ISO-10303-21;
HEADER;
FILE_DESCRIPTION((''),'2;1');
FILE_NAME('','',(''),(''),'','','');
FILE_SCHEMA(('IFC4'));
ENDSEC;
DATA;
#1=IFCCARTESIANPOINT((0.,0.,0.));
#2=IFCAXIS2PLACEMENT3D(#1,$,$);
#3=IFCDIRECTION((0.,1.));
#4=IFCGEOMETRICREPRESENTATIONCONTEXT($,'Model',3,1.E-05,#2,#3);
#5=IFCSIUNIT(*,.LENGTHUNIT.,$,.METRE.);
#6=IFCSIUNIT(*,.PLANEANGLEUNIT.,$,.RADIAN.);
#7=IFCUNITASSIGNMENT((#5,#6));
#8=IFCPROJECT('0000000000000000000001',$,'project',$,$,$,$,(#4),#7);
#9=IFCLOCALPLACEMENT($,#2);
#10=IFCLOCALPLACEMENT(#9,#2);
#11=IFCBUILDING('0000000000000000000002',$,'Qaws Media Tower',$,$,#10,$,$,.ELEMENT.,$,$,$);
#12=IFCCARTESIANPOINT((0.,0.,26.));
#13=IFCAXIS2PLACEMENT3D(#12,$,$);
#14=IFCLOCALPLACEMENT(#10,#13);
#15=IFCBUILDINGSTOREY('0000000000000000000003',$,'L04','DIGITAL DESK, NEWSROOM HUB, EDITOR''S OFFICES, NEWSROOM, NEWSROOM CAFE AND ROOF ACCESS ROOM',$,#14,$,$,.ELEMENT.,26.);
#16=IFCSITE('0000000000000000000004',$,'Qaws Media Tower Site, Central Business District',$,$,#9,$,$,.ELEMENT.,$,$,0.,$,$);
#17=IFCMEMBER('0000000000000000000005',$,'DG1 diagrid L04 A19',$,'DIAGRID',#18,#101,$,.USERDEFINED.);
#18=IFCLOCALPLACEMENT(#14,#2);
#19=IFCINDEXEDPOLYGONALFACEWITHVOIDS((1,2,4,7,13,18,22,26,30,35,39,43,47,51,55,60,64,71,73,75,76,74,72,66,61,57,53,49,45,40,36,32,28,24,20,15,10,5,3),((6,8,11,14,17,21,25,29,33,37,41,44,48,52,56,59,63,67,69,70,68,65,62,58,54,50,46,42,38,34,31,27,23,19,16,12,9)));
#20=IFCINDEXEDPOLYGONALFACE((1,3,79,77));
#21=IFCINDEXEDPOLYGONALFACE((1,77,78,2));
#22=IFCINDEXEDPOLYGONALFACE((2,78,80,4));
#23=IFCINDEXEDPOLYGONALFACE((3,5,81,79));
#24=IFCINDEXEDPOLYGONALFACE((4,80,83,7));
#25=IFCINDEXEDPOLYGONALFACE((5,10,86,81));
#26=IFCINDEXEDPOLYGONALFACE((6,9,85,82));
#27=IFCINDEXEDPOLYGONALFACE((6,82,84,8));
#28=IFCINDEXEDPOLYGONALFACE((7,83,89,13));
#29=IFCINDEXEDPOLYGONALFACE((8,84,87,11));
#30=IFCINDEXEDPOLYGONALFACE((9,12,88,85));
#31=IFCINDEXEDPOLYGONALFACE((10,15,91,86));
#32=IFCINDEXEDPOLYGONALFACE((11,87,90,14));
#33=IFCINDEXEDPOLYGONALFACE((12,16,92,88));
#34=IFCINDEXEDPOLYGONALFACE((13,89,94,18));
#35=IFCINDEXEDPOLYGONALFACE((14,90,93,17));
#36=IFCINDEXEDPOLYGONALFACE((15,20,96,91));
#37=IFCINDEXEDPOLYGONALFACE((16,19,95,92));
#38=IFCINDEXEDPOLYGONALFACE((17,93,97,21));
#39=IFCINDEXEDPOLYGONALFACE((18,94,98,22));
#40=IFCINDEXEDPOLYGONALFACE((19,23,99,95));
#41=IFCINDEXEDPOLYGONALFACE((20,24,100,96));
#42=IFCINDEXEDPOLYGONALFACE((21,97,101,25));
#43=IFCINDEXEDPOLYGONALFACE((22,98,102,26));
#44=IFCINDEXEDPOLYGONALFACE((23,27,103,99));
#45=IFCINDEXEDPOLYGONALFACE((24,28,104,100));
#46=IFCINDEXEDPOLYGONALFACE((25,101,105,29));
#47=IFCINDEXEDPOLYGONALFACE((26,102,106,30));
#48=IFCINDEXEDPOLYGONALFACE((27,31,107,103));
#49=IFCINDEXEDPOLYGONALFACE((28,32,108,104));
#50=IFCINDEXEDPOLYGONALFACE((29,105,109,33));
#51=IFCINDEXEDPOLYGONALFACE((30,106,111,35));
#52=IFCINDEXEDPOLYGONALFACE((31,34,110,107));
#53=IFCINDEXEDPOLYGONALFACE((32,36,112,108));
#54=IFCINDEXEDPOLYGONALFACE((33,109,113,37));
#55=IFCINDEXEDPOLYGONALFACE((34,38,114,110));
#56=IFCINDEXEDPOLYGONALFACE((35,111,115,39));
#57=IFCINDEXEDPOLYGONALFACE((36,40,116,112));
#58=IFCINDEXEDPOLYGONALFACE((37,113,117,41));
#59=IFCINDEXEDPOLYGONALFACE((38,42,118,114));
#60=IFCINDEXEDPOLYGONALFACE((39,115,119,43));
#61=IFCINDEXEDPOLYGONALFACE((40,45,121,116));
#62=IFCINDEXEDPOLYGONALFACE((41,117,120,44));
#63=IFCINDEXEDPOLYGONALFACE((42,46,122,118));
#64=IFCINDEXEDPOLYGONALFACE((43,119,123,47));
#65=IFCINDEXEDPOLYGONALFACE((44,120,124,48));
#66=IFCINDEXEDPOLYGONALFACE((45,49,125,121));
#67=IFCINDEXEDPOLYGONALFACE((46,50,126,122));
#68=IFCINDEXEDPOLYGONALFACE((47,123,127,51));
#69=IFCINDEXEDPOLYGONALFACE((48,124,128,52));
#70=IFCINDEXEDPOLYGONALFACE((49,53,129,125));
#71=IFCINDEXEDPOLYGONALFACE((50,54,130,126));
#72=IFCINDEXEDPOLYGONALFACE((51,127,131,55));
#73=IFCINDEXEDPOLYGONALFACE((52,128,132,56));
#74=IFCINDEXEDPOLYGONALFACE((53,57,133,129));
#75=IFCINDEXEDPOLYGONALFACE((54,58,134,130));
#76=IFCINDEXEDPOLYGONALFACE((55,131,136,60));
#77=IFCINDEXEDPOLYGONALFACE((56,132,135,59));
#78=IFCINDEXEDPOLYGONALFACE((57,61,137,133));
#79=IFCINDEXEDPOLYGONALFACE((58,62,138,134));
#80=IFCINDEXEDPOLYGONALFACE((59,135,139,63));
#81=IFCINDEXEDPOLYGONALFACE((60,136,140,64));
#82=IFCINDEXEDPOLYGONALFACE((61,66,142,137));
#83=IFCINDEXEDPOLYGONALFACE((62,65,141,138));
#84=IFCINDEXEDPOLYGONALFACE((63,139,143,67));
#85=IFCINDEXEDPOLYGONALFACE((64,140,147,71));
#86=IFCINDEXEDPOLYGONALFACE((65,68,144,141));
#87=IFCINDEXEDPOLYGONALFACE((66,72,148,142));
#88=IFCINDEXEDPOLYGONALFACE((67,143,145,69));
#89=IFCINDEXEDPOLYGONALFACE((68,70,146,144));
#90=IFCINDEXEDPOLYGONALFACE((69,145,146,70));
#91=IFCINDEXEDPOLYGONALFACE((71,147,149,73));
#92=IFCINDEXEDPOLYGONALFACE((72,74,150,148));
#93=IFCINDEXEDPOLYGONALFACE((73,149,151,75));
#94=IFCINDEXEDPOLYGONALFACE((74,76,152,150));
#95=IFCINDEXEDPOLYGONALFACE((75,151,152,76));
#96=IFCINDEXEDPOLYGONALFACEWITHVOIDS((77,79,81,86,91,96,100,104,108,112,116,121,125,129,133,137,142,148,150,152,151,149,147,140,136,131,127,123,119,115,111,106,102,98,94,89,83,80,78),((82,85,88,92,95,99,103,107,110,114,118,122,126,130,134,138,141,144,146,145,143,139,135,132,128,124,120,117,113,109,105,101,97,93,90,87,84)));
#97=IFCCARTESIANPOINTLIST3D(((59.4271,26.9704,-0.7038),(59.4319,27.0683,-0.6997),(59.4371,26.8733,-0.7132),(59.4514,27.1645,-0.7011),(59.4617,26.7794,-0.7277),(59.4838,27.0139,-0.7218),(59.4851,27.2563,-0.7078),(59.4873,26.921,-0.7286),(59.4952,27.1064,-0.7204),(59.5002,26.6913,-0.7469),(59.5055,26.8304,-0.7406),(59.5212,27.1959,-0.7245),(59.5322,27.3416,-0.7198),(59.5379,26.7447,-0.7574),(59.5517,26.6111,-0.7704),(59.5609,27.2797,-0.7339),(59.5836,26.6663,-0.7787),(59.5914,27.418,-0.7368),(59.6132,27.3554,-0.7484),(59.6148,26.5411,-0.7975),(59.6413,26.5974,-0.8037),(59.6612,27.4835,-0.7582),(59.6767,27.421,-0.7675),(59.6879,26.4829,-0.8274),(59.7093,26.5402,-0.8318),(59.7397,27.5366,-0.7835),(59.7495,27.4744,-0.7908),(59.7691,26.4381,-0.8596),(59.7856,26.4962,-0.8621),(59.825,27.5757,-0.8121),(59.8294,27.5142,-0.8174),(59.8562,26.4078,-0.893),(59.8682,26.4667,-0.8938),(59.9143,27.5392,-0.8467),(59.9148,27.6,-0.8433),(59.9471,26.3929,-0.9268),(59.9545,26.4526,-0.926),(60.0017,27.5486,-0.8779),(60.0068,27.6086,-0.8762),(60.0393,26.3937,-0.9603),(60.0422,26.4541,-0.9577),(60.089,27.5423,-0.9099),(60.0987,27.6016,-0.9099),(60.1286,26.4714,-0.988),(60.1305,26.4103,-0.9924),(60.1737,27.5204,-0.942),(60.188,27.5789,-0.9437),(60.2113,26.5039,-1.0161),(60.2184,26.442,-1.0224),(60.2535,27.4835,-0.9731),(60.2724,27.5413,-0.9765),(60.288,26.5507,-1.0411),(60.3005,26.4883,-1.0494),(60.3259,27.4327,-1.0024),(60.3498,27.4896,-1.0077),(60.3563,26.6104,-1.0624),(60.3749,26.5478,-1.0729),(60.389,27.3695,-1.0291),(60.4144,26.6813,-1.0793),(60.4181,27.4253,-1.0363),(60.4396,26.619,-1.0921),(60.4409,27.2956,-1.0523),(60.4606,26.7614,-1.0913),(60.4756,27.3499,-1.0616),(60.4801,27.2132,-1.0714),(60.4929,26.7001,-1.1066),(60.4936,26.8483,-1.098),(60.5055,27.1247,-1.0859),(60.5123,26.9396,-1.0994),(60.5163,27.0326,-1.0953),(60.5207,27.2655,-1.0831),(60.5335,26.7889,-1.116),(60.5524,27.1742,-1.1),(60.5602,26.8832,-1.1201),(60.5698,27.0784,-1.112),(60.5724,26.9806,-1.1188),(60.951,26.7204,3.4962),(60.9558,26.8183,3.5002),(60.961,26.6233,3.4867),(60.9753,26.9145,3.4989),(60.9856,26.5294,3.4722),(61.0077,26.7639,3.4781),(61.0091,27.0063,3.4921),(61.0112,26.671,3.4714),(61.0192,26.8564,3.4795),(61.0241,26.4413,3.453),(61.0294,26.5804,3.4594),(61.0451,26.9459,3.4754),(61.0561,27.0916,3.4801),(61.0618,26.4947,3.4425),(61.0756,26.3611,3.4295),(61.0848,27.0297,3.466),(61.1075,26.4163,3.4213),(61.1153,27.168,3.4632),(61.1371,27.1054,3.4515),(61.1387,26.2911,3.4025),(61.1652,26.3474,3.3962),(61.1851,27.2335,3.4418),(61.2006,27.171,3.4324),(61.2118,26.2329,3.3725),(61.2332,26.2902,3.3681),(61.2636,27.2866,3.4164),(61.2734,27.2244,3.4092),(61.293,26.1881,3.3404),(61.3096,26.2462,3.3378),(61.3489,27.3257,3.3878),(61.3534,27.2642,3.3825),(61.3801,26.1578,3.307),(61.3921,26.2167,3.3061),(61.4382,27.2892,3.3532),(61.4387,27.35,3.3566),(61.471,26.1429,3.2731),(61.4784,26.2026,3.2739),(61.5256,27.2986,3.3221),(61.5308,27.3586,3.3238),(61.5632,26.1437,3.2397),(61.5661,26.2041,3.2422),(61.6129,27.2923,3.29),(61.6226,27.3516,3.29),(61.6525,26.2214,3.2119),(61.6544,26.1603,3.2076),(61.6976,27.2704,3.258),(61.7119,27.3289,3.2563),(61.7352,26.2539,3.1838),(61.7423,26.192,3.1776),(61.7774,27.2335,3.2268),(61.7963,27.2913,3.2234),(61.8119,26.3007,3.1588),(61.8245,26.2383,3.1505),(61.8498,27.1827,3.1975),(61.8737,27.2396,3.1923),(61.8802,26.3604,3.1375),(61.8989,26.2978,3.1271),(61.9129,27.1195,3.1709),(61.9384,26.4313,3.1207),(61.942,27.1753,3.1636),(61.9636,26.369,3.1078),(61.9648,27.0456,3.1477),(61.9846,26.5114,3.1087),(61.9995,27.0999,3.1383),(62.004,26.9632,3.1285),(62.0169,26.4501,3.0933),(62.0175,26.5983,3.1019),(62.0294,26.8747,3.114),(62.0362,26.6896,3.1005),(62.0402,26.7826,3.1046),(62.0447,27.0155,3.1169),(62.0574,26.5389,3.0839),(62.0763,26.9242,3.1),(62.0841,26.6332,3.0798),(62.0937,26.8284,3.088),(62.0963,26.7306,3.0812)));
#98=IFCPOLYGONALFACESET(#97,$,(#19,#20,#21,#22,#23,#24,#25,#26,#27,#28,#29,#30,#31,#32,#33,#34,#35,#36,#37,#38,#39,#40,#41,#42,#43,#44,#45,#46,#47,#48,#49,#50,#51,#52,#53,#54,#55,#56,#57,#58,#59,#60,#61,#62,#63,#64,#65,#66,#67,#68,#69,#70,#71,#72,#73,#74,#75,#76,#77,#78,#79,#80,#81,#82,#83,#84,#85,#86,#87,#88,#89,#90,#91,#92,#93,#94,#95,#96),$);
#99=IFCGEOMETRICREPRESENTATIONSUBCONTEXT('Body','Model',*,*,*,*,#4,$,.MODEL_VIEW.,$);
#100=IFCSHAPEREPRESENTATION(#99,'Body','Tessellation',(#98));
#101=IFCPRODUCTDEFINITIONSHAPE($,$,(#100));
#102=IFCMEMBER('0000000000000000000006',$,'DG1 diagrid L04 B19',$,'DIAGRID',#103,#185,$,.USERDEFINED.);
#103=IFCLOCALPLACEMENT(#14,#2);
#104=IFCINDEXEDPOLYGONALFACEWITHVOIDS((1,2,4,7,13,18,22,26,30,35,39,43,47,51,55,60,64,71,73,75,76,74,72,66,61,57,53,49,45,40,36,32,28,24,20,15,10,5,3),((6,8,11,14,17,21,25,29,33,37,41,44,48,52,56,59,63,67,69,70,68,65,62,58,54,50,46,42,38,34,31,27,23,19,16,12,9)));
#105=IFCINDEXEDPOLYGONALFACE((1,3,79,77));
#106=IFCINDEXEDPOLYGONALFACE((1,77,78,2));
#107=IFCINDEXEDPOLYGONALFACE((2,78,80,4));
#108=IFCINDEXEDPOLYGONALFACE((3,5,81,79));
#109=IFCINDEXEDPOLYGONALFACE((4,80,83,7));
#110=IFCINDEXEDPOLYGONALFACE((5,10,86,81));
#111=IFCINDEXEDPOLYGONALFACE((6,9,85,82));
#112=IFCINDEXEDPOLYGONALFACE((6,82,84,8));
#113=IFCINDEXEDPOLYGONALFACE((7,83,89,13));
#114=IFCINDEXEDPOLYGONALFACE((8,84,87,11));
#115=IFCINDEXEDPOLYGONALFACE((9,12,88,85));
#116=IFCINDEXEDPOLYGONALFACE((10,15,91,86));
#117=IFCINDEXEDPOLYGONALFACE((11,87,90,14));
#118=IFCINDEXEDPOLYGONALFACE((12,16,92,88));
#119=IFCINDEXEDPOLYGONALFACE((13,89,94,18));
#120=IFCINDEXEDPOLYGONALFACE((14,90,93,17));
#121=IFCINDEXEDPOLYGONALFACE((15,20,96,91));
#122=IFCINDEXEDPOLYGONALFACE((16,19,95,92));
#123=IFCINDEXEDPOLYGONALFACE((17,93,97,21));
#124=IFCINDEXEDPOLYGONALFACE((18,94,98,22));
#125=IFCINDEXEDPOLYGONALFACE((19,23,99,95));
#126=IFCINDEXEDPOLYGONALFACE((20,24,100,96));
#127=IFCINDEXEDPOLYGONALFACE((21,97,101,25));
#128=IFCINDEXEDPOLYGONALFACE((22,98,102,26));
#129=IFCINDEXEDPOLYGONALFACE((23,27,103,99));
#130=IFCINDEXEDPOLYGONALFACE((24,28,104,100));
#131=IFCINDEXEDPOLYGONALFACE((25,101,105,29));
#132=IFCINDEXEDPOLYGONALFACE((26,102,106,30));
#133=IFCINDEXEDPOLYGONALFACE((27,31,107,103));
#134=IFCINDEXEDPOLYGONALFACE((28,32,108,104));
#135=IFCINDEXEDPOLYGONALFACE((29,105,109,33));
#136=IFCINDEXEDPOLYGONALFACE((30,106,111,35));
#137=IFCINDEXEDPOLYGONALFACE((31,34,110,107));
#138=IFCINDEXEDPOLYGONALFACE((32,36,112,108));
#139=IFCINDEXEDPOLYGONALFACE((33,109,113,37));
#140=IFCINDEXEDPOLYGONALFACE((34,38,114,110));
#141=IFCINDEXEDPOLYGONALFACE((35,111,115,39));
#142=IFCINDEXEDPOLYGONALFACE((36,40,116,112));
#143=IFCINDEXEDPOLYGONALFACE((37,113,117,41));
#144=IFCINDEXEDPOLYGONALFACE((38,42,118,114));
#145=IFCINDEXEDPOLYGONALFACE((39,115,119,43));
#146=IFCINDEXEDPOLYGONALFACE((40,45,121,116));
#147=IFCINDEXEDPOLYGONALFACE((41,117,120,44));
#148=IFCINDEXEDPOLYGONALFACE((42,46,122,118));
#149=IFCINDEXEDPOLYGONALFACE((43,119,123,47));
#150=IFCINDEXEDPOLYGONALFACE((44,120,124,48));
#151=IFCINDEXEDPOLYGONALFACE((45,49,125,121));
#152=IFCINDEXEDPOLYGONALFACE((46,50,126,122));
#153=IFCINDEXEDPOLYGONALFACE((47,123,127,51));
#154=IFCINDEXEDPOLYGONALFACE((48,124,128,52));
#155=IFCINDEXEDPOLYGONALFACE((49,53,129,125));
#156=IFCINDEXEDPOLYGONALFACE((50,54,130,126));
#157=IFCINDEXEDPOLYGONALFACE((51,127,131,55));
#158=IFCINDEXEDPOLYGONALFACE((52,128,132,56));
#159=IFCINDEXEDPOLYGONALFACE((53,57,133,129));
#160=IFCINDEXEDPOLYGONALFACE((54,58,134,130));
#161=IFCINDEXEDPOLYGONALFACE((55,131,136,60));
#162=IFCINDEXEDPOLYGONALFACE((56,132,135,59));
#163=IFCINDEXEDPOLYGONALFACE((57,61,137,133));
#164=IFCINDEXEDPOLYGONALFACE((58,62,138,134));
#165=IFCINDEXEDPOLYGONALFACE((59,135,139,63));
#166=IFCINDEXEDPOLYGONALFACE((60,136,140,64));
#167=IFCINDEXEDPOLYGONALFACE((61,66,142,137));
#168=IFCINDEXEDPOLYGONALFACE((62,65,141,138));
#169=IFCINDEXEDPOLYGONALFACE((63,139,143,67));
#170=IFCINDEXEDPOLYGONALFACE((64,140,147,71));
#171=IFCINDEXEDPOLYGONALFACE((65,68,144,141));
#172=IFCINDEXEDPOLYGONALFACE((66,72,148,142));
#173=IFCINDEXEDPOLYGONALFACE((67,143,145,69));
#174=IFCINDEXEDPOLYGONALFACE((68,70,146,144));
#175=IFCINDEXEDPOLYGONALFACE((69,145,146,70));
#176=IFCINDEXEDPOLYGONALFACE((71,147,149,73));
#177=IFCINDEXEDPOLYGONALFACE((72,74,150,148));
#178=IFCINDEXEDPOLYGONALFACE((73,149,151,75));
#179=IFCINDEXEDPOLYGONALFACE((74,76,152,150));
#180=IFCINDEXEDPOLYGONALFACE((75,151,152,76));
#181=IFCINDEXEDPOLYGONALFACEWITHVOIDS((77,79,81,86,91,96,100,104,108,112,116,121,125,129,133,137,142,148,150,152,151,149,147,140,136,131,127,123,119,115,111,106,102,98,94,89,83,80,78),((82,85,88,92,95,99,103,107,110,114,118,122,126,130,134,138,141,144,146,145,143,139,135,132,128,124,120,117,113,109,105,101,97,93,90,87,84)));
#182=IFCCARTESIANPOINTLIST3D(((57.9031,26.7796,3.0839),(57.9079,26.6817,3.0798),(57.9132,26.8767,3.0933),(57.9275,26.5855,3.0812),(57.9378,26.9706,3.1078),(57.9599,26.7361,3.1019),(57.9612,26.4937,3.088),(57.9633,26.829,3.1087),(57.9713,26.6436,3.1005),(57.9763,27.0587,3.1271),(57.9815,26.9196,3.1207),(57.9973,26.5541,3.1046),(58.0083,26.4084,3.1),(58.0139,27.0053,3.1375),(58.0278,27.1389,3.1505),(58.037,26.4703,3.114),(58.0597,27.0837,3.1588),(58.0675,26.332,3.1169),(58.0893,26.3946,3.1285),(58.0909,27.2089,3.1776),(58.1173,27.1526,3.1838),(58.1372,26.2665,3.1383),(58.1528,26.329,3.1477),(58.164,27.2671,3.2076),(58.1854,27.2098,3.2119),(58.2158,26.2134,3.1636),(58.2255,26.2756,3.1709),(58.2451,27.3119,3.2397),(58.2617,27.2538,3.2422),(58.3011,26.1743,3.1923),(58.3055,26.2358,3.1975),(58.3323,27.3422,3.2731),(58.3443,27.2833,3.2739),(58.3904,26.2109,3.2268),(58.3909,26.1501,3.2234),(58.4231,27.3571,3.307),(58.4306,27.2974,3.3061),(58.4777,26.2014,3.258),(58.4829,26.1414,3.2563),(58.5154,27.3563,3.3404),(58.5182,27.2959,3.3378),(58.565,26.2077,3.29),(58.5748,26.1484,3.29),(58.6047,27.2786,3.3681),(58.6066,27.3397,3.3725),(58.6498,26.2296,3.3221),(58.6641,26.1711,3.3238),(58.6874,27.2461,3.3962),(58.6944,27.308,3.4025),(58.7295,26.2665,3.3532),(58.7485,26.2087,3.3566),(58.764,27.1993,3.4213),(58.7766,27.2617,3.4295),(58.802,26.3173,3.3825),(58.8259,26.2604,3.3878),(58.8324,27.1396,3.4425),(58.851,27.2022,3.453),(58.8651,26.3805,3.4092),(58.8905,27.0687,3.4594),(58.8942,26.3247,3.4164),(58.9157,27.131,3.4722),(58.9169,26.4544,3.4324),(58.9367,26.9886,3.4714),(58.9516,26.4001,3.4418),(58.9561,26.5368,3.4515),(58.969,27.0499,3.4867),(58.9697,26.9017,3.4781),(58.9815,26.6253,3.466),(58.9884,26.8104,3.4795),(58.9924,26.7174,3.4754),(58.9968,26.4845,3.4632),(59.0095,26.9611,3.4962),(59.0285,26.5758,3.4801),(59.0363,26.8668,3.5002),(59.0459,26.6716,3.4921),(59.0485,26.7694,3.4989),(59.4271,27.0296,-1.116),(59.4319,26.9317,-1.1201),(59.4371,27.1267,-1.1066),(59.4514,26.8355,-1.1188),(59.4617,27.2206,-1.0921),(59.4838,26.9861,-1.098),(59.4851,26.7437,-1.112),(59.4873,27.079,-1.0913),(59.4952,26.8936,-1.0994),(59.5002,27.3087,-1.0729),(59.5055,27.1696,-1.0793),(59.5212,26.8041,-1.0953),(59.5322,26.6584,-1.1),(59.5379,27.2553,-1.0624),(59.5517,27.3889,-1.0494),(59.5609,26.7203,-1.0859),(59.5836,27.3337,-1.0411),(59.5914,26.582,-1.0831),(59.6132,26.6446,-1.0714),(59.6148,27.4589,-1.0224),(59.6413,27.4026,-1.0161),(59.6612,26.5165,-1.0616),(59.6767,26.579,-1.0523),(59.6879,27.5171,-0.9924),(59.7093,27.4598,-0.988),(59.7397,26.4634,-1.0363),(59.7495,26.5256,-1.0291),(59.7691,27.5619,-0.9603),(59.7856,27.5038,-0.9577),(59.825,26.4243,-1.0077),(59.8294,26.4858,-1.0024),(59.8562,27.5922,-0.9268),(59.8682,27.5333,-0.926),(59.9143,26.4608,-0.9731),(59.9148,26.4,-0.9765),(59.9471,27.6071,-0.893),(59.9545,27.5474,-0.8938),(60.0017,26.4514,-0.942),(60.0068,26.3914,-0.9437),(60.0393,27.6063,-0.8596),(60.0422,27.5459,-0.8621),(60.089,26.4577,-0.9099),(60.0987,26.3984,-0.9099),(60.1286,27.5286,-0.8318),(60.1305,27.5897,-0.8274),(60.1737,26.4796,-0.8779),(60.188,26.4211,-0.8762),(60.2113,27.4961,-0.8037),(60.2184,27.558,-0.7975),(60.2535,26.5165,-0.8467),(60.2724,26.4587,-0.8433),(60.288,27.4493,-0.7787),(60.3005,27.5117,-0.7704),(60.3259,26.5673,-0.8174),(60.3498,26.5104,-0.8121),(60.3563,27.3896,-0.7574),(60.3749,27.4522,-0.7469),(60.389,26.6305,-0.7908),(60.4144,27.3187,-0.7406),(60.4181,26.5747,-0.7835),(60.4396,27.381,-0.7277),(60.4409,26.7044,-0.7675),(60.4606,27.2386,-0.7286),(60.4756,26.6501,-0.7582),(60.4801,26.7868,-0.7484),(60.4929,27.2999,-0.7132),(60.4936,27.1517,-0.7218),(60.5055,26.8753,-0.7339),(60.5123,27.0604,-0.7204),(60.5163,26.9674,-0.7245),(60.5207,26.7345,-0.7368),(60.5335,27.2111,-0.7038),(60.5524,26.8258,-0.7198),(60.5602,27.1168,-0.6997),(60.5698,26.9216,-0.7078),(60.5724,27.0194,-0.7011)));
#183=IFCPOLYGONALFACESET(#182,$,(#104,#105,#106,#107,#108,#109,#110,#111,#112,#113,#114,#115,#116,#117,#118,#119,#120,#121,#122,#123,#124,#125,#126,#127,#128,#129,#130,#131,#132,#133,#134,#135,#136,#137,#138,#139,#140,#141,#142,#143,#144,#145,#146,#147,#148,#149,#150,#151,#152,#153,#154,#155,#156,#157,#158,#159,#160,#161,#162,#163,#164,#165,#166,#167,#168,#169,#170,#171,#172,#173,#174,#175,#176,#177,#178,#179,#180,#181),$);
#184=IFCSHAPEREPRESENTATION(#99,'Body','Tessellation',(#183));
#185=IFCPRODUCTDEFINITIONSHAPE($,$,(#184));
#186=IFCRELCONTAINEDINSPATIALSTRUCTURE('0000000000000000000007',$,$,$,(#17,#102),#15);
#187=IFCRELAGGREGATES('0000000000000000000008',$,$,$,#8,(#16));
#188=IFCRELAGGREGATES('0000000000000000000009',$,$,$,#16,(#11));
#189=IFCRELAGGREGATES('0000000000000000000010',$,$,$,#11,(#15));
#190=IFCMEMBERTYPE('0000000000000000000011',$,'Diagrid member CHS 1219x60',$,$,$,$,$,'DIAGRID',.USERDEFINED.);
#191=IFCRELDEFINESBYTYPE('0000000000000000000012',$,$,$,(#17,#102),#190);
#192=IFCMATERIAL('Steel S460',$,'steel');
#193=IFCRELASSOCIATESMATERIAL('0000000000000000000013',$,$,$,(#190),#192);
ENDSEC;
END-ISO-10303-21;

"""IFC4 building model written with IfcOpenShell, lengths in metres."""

from ifc_helpers import new_model, si_unit, direction, frame, origin, origin_2d, place, context, subcontext, project, spatial, hollow_circle, extrude, material, material_profile, profile_set, type_object, element, save


model = new_model("IFC4")

# Units and contexts
model_context = context("Model", 3, precision=1e-05, world=origin(), true_north=direction((0.0, 1.0)))
body_context = subcontext(model_context, "Body", "Model", "MODEL_VIEW")
ifc_project = project(units=[si_unit("LENGTHUNIT", "METRE"), si_unit("PLANEANGLEUNIT", "RADIAN")], contexts=[model_context])

# Site, building, storey
site_placement = place(None, origin())
site = spatial("IfcSite", under=ifc_project, at=site_placement, Name="Qaws Media Tower Site, Central Business District", CompositionType="ELEMENT", RefElevation=0.0)
building_placement = place(site_placement, origin())
building = spatial("IfcBuilding", under=site, at=building_placement, Name="Qaws Media Tower", CompositionType="ELEMENT")
storey_placement = place(building_placement, frame((0.0, 0.0, 26.0)))
storey = spatial("IfcBuildingStorey", under=building, at=storey_placement, Name="L04", Description="DIGITAL DESK, NEWSROOM HUB, EDITOR'S OFFICES, NEWSROOM, NEWSROOM CAFE AND ROOF ACCESS ROOM", CompositionType="ELEMENT", Elevation=26.0)

# Members
ifc_material_1 = material(Name="Steel S460", Category="steel")
ifc_material_profile_1 = material_profile(ifc_material_1, hollow_circle(Radius=0.6096, WallThickness=0.0601, at=origin_2d()), Name="CHS 1219x60")
ifc_profile_set_1 = profile_set([ifc_material_profile_1], Name="Steel S460")
member_type_1 = type_object("IfcMemberType", Name="Diagrid member CHS 1219x60", ElementType="DIAGRID", PredefinedType="USERDEFINED", material=ifc_profile_set_1)
for number, where, z_axis, x_axis, name in (
    (1, (60.0, 27.0, -0.9099), (0.340552, -0.055868, 0.938564), (0.161886, 0.986809, 0.0), "DG1 diagrid L04 A19"),
    (2, (60.0, 27.0, -0.9099), (-0.340552, -0.055868, 0.938564), (0.161886, -0.986809, 0.0), "DG1 diagrid L04 B19"),
):
    element("IfcMember", number, at=place(storey_placement, frame(where, z_axis=z_axis, x_axis=x_axis)), inside=storey, type_object=member_type_1, Name=name, ObjectType="DIAGRID", PredefinedType="USERDEFINED", context=body_context, shape_type="SweptSolid", body=[
        extrude(hollow_circle(Radius=0.6096, WallThickness=0.0601, at=origin_2d()), origin(), (0.0, 0.0, 1.0), 4.4749),
    ])

save(model, "model.ifc")
